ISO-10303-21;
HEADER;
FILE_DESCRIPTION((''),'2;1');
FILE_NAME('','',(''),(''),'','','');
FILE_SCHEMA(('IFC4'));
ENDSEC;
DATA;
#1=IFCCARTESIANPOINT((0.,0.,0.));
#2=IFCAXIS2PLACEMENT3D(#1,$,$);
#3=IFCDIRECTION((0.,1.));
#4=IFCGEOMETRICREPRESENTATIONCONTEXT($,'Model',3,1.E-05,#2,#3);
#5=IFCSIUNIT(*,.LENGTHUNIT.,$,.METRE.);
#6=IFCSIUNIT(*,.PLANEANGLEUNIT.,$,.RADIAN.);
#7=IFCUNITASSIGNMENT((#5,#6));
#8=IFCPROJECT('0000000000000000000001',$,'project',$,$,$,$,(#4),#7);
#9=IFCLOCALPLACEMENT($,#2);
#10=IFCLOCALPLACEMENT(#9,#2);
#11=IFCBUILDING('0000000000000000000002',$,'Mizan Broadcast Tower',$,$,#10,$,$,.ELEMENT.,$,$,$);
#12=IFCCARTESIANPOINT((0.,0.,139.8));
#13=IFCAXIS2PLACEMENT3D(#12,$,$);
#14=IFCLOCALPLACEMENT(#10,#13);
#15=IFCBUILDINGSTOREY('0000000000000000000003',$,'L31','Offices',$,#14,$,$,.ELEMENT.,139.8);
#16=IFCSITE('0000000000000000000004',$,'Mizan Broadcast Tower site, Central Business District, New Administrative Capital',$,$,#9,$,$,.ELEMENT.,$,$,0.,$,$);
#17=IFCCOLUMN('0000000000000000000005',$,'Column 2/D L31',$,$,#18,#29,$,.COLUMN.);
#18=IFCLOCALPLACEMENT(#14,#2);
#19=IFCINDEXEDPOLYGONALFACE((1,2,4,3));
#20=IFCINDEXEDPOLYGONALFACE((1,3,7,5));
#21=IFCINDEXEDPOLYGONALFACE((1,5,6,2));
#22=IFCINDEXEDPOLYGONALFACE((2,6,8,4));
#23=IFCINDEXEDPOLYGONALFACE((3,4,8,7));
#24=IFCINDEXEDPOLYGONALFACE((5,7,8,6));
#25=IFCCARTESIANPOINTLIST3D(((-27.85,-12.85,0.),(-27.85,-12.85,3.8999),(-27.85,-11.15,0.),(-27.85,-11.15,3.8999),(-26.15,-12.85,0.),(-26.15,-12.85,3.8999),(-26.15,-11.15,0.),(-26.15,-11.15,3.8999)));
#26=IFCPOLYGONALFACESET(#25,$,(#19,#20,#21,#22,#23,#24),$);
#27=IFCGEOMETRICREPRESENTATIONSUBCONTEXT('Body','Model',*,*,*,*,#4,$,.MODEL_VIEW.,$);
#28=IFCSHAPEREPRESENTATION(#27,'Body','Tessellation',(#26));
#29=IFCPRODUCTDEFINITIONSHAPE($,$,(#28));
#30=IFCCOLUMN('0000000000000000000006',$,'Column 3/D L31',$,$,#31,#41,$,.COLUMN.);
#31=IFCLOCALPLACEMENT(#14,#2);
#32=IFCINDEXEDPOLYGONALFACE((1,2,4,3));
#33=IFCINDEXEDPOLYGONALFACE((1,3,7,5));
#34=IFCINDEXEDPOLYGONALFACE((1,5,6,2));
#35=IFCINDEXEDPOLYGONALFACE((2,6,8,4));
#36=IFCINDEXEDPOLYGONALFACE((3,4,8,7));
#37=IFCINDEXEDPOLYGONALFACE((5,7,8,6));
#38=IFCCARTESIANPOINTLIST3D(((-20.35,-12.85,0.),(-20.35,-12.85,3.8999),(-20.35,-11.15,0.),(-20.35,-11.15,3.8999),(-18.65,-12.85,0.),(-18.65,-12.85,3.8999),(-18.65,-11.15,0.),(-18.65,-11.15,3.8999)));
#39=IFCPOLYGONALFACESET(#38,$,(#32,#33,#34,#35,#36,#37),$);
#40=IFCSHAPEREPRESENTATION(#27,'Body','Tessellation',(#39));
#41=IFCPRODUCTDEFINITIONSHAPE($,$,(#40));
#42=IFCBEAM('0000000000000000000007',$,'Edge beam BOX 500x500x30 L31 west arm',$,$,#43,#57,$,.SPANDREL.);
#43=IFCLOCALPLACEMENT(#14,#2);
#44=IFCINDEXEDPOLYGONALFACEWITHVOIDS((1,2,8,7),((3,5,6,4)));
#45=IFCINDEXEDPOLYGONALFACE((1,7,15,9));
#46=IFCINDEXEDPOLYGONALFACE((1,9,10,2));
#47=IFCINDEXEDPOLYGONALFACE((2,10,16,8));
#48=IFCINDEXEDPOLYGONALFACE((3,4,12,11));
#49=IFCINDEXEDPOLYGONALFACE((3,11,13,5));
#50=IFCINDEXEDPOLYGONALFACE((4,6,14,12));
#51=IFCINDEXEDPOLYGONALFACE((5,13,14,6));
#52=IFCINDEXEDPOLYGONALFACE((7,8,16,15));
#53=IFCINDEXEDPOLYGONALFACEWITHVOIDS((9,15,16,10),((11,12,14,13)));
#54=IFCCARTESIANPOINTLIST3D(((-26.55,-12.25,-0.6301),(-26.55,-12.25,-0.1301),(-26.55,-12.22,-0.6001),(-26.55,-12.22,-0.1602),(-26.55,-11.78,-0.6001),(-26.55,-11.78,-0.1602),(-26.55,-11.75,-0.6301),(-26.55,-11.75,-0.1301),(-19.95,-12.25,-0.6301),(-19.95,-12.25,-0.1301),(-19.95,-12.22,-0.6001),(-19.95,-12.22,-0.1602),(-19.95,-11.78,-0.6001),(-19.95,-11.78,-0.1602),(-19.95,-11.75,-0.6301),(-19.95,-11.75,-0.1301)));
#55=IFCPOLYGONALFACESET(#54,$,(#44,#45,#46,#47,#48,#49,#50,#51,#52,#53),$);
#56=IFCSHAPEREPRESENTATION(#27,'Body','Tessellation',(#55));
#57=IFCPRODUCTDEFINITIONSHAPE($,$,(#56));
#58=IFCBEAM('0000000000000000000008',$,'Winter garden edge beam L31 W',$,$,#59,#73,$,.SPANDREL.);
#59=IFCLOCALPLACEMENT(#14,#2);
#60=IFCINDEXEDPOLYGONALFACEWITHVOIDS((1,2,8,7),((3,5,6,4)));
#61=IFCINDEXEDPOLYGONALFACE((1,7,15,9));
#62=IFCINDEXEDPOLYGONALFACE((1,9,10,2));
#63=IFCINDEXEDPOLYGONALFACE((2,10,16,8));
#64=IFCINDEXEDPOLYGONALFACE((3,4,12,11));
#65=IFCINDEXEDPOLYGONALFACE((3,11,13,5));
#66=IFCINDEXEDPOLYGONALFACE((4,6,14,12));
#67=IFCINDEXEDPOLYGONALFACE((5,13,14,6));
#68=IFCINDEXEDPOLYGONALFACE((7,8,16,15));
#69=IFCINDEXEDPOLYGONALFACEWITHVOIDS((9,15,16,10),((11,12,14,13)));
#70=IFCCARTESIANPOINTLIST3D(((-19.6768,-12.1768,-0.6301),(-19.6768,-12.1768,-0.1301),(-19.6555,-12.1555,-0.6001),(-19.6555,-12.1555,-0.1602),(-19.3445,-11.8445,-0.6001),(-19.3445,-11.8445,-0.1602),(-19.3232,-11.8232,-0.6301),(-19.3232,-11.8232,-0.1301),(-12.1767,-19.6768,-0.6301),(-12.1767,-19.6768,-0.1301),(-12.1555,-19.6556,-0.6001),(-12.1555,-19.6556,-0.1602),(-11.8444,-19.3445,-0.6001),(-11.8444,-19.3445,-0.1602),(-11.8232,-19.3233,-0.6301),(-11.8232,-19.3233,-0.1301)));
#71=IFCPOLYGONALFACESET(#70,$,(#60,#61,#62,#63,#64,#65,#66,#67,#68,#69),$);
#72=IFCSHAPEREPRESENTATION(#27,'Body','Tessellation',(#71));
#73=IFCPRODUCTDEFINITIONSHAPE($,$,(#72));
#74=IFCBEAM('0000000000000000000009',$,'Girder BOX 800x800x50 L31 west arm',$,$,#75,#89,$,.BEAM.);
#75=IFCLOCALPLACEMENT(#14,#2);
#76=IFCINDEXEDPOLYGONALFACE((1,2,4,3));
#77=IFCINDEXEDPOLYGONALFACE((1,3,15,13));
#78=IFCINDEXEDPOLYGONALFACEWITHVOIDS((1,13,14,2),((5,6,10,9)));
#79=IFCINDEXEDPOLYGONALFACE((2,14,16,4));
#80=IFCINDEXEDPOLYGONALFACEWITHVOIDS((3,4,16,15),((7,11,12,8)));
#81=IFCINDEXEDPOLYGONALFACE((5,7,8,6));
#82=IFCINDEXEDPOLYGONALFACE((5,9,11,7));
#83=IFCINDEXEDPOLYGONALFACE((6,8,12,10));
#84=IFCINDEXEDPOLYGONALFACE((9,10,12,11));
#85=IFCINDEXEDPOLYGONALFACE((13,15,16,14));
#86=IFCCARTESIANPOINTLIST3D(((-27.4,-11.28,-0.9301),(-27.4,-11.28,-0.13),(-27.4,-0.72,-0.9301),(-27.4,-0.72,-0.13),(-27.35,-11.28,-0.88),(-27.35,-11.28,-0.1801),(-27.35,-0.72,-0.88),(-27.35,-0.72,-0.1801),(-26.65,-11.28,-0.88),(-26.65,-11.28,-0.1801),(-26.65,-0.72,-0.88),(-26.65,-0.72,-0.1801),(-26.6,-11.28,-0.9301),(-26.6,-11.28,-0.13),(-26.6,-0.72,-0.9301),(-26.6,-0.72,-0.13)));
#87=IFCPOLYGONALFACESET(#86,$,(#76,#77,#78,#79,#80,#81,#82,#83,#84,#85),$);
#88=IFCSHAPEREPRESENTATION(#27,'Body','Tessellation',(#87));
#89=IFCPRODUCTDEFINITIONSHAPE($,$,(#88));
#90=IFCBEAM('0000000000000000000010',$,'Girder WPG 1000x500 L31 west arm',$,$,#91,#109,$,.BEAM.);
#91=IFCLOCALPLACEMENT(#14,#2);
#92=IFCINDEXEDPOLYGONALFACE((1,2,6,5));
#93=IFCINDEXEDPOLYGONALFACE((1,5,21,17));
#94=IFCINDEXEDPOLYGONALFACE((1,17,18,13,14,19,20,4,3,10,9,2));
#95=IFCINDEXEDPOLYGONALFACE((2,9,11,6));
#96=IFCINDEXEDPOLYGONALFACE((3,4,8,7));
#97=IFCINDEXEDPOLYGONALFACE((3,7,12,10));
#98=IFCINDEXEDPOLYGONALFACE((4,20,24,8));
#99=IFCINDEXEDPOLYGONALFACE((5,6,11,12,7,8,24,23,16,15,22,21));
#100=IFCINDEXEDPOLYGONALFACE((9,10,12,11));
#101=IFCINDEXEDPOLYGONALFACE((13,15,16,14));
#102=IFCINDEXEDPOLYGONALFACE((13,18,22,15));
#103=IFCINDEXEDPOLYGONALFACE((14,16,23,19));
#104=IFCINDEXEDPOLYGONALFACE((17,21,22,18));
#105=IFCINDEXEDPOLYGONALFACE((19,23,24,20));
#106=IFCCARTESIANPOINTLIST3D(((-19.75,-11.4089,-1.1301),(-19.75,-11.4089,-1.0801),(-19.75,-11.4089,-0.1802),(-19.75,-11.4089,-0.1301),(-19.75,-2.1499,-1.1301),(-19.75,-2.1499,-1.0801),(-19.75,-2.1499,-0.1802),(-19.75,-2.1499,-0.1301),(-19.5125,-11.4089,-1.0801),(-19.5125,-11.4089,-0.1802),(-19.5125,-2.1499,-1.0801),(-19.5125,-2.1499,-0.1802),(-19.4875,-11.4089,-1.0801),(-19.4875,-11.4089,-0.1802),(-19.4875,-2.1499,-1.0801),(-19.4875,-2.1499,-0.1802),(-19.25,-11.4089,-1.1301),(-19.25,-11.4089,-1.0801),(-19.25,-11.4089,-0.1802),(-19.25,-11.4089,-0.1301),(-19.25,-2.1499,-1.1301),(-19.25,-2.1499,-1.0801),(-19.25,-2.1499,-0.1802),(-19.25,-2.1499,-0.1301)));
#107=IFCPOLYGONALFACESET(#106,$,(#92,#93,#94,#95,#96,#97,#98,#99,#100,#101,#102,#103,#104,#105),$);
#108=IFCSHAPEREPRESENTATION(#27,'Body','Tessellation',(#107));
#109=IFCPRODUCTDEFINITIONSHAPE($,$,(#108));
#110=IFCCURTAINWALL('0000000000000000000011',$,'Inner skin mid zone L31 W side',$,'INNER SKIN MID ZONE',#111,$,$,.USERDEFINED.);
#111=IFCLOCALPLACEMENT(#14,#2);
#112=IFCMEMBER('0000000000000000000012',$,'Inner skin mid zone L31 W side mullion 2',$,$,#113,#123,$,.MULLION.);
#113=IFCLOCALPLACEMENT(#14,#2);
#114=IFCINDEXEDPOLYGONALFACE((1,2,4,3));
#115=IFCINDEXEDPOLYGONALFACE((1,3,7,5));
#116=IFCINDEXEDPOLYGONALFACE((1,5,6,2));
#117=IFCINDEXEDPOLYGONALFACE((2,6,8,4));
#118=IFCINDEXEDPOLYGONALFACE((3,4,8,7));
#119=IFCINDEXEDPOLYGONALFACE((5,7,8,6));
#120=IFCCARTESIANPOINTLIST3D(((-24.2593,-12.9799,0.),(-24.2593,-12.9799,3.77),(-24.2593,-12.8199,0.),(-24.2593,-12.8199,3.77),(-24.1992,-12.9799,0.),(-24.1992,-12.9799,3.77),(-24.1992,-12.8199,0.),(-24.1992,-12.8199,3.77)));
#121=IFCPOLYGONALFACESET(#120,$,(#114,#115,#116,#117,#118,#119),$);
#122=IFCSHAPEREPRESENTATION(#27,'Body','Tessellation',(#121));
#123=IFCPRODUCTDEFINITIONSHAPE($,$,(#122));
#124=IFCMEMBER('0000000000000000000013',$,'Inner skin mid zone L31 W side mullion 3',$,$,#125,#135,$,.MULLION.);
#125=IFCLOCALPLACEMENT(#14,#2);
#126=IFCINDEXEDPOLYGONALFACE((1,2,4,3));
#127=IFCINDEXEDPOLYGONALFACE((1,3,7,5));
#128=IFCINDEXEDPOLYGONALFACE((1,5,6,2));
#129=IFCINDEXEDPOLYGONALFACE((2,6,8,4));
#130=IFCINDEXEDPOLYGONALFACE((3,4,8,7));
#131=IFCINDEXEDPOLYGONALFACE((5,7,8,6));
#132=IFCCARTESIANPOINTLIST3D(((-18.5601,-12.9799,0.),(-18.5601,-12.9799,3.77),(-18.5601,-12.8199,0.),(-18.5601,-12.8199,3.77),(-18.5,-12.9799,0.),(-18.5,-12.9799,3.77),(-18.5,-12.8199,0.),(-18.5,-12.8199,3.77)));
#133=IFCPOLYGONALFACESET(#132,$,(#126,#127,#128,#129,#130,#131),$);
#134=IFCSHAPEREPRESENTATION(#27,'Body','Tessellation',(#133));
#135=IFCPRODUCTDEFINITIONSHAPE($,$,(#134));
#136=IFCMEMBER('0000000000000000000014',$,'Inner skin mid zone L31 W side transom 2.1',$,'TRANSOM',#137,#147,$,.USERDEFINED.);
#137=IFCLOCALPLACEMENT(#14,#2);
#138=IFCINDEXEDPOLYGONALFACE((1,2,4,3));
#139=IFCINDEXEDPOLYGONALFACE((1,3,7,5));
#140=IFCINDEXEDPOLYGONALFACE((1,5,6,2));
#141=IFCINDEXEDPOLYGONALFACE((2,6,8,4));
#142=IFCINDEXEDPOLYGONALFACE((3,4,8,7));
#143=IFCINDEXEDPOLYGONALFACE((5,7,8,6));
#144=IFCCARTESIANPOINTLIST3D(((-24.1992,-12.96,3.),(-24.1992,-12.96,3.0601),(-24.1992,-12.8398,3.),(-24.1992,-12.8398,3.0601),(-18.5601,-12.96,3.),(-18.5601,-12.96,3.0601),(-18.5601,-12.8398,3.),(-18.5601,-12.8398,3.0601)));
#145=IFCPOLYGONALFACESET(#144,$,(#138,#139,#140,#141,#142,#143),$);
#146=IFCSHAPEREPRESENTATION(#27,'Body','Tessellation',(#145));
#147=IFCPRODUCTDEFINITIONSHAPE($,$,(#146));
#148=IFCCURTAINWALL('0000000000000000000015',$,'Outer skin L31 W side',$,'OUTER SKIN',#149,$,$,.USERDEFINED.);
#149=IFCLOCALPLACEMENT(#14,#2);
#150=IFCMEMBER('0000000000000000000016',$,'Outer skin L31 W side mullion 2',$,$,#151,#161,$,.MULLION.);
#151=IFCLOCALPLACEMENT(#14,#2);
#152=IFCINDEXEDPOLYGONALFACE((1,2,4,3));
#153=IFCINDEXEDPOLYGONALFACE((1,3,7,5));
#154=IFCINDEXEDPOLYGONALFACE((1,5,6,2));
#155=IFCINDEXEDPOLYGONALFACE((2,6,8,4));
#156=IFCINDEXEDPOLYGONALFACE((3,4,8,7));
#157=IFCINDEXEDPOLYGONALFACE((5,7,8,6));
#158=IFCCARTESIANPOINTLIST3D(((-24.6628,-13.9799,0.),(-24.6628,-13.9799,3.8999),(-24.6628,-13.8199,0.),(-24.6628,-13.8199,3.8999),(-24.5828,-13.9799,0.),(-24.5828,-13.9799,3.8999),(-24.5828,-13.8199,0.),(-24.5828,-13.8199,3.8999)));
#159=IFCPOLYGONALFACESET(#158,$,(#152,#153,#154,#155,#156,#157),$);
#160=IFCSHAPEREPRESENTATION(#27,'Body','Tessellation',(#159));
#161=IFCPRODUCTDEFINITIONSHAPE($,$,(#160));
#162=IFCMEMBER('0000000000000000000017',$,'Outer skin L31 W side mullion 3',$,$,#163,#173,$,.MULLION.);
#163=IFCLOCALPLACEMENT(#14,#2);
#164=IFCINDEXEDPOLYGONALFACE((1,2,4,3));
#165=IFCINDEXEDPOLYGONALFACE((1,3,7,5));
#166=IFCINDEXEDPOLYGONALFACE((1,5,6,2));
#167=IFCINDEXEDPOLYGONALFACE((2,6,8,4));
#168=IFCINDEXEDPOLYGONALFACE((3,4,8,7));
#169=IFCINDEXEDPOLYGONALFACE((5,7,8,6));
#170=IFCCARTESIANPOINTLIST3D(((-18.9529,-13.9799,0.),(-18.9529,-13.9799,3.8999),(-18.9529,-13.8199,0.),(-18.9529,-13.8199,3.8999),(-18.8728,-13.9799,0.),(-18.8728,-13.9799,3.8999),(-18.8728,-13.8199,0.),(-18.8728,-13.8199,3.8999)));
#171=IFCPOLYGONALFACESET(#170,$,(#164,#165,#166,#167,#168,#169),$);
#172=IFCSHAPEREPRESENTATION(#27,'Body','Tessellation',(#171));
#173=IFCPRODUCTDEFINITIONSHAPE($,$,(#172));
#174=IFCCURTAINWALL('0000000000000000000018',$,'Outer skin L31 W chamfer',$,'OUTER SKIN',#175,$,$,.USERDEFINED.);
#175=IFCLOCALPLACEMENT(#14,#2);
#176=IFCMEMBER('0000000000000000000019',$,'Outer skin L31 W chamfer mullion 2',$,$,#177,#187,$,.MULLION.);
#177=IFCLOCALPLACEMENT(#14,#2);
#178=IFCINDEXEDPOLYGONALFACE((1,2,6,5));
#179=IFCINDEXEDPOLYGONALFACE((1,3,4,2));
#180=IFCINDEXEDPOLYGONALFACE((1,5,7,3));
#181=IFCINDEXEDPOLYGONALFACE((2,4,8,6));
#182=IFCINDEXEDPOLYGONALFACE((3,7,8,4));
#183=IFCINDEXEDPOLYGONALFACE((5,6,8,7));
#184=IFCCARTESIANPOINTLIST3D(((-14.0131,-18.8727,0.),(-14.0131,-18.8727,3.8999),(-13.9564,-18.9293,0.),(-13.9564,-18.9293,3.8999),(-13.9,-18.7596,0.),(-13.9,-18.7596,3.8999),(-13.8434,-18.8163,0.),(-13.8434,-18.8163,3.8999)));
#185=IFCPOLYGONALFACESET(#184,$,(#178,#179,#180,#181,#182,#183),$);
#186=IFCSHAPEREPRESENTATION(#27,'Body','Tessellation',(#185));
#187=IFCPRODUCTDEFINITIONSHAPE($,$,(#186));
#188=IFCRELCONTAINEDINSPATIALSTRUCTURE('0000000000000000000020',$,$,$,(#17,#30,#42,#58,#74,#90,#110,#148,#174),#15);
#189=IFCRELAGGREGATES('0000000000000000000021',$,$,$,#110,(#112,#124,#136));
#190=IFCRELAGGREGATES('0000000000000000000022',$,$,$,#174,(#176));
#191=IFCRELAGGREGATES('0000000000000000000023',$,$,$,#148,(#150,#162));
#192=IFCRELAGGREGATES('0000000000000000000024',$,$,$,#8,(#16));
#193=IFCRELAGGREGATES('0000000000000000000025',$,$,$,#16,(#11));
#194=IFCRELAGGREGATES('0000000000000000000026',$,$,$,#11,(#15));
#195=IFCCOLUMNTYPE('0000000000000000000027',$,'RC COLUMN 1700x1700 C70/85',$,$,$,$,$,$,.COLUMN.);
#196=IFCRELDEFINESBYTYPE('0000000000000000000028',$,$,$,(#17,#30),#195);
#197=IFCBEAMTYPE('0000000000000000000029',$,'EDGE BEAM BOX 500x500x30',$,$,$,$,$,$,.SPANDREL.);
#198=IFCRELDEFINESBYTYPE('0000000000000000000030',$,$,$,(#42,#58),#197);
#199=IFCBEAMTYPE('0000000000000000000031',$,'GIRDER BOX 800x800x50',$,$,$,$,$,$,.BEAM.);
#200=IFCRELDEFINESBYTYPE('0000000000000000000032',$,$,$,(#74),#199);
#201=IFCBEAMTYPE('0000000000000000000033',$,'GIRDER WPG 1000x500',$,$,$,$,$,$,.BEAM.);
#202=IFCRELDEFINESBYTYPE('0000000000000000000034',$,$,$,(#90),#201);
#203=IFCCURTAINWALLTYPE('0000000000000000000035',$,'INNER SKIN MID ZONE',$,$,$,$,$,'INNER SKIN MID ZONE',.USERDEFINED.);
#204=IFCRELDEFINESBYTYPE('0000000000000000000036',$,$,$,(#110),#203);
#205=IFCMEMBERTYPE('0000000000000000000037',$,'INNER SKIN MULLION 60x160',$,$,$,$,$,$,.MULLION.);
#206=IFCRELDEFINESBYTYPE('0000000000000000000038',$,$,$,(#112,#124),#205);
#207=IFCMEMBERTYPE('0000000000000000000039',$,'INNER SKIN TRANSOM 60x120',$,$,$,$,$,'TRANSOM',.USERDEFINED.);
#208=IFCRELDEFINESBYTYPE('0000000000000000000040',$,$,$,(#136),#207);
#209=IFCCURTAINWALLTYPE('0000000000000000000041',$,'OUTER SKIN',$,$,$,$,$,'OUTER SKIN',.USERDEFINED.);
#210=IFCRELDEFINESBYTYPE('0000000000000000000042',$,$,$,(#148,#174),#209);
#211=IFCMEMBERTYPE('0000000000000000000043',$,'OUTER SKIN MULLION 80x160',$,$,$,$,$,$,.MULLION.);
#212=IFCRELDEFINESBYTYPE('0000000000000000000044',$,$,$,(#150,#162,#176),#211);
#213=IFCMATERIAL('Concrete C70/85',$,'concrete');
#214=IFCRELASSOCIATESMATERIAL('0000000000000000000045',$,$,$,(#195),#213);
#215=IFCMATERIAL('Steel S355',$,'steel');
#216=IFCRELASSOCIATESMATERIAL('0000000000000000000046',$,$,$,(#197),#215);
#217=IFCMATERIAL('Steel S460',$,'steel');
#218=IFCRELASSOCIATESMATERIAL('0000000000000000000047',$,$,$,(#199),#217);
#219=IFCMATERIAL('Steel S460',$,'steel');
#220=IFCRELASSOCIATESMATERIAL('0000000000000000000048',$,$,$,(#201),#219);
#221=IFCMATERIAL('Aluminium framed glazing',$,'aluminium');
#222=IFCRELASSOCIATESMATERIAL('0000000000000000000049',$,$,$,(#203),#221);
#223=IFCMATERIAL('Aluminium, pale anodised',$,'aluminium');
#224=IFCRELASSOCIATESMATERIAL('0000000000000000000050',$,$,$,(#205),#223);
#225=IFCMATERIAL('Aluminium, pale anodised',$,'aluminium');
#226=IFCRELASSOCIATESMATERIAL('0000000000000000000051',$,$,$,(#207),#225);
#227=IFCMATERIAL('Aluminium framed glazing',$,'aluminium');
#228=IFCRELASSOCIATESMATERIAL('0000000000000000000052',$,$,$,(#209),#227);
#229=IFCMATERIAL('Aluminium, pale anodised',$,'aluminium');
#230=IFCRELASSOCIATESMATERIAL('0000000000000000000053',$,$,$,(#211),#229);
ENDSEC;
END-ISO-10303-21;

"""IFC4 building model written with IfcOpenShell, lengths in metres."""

from ifc_helpers import new_model, si_unit, direction, frame, origin, origin_2d, place, context, subcontext, project, spatial, rectangle, hollow_rectangle, i_section, extrude, material, material_profile, profile_set, type_object, element, aggregate, save


model = new_model("IFC4")

# Units and contexts
model_context = context("Model", 3, precision=1e-05, world=origin(), true_north=direction((0.0, 1.0)))
body_context = subcontext(model_context, "Body", "Model", "MODEL_VIEW")
ifc_project = project(units=[si_unit("LENGTHUNIT", "METRE"), si_unit("PLANEANGLEUNIT", "RADIAN")], contexts=[model_context])

# Site, building, storey
site_placement = place(None, origin())
site = spatial("IfcSite", under=ifc_project, at=site_placement, Name="Mizan Broadcast Tower site, Central Business District, New Administrative Capital", CompositionType="ELEMENT", RefElevation=0.0)
building_placement = place(site_placement, origin())
building = spatial("IfcBuilding", under=site, at=building_placement, Name="Mizan Broadcast Tower", CompositionType="ELEMENT")
storey_placement = place(building_placement, frame((0.0, 0.0, 139.8)))
storey = spatial("IfcBuildingStorey", under=building, at=storey_placement, Name="L31", Description="Offices", CompositionType="ELEMENT", Elevation=139.8)

# Columns
ifc_material_1 = material(Name="Concrete C70/85", Category="concrete")
ifc_material_profile_1 = material_profile(ifc_material_1, rectangle(XDim=1.7, YDim=1.7, at=origin_2d()), Name="RC 1700x1700")
ifc_profile_set_1 = profile_set([ifc_material_profile_1], Name="Concrete C70/85")
column_type = type_object("IfcColumnType", Name="RC COLUMN 1700x1700 C70/85", PredefinedType="COLUMN", material=ifc_profile_set_1)
for number, where, z_axis, x_axis, name in (
    (1, (-27.0, -12.0, 0.0), (0.0, 0.0, 1.0), (1.0, 0.0, 0.0), "Column 2/D L31"),
    (2, (-19.5, -12.0, 0.0), (0.0, 0.0, 1.0), (1.0, 0.0, 0.0), "Column 3/D L31"),
):
    element("IfcColumn", number, at=place(storey_placement, frame(where, z_axis=z_axis, x_axis=x_axis)), inside=storey, type_object=column_type, Name=name, PredefinedType="COLUMN", context=body_context, shape_type="SweptSolid", body=[
        extrude(rectangle(XDim=1.7, YDim=1.7, at=origin_2d()), origin(), (0.0, 0.0, 1.0), 3.8999),
    ])

# Beams
ifc_material_2 = material(Name="Steel S355", Category="steel")
ifc_material_profile_2 = material_profile(ifc_material_2, hollow_rectangle(XDim=0.5, YDim=0.5, WallThickness=0.03, at=origin_2d()), Name="BOX 500x500x30")
ifc_profile_set_2 = profile_set([ifc_material_profile_2], Name="Steel S355")
beam_type_1 = type_object("IfcBeamType", Name="EDGE BEAM BOX 500x500x30", PredefinedType="SPANDREL", material=ifc_profile_set_2)
beam_1_placement = place(storey_placement, frame((-19.95, -12.0, -0.3801), z_axis=(-1.0, 0.0, 0.0), x_axis=(0.0, -1.0, 0.0)))
element("IfcBeam", 3, at=beam_1_placement, inside=storey, type_object=beam_type_1, Name="Edge beam BOX 500x500x30 L31 west arm", PredefinedType="SPANDREL", context=body_context, shape_type="SweptSolid", body=[
    extrude(hollow_rectangle(XDim=0.5, YDim=0.5, WallThickness=0.03, at=origin_2d()), origin(), (0.0, 0.0, 1.0), 6.6001),
])
beam_2_placement = place(storey_placement, frame((-19.5, -12.0, -0.3801), z_axis=(0.707107, -0.707107, 0.0), x_axis=(0.707107, 0.707107, 0.0)))
element("IfcBeam", 4, at=beam_2_placement, inside=storey, type_object=beam_type_1, Name="Winter garden edge beam L31 W", PredefinedType="SPANDREL", context=body_context, shape_type="SweptSolid", body=[
    extrude(hollow_rectangle(XDim=0.5, YDim=0.5, WallThickness=0.03, at=origin_2d()), origin(), (0.0, 0.0, 1.0), 10.6067),
])
ifc_material_3 = material(Name="Steel S460", Category="steel")
ifc_material_profile_3 = material_profile(ifc_material_3, hollow_rectangle(XDim=0.8, YDim=0.8, WallThickness=0.05, at=origin_2d()), Name="BOX 800x800x50")
ifc_profile_set_3 = profile_set([ifc_material_profile_3], Name="Steel S460")
beam_type_2 = type_object("IfcBeamType", Name="GIRDER BOX 800x800x50", PredefinedType="BEAM", material=ifc_profile_set_3)
beam_3_placement = place(storey_placement, frame((-27.0, -11.28, -0.53), z_axis=(0.0, 1.0, 0.0), x_axis=(-1.0, 0.0, 0.0)))
element("IfcBeam", 5, at=beam_3_placement, inside=storey, type_object=beam_type_2, Name="Girder BOX 800x800x50 L31 west arm", PredefinedType="BEAM", context=body_context, shape_type="SweptSolid", body=[
    extrude(hollow_rectangle(XDim=0.8, YDim=0.8, WallThickness=0.05, at=origin_2d()), origin(), (0.0, 0.0, 1.0), 10.5601),
])
ifc_material_4 = material(Name="Steel S460", Category="steel")
ifc_material_profile_4 = material_profile(ifc_material_4, i_section(OverallWidth=0.5, OverallDepth=1.0, WebThickness=0.0249, FlangeThickness=0.05, at=origin_2d()), Name="WPG 1000x500")
ifc_profile_set_4 = profile_set([ifc_material_profile_4], Name="Steel S460")
beam_type_3 = type_object("IfcBeamType", Name="GIRDER WPG 1000x500", PredefinedType="BEAM", material=ifc_profile_set_4)
beam_4_placement = place(storey_placement, frame((-19.5, -11.4089, -0.6301), z_axis=(0.0, 1.0, 0.0), x_axis=(-1.0, 0.0, 0.0)))
element("IfcBeam", 6, at=beam_4_placement, inside=storey, type_object=beam_type_3, Name="Girder WPG 1000x500 L31 west arm", PredefinedType="BEAM", context=body_context, shape_type="SweptSolid", body=[
    extrude(i_section(OverallWidth=0.5, OverallDepth=1.0, WebThickness=0.0249, FlangeThickness=0.05, at=origin_2d()), origin(), (0.0, 0.0, 1.0), 9.259),
])

# Curtain walls, members
ifc_material_5 = material(Name="Aluminium framed glazing", Category="aluminium")
curtain_wall_type_1 = type_object("IfcCurtainWallType", Name="INNER SKIN MID ZONE", ElementType="INNER SKIN MID ZONE", PredefinedType="USERDEFINED", material=ifc_material_5)
curtain_wall_1_placement = place(storey_placement, origin())
curtain_wall_1 = element("IfcCurtainWall", 7, at=curtain_wall_1_placement, inside=storey, type_object=curtain_wall_type_1, Name="Inner skin mid zone L31 W side", ObjectType="INNER SKIN MID ZONE", PredefinedType="USERDEFINED")
ifc_material_6 = material(Name="Aluminium, pale anodised", Category="aluminium")
ifc_material_profile_5 = material_profile(ifc_material_6, rectangle(XDim=0.1599, YDim=0.0601, at=origin_2d()), Name="MULLION 160x60")
ifc_profile_set_5 = profile_set([ifc_material_profile_5], Name="Aluminium, pale anodised")
member_type_1 = type_object("IfcMemberType", Name="INNER SKIN MULLION 60x160", PredefinedType="MULLION", material=ifc_profile_set_5)
member_1_placement = place(storey_placement, frame((-24.2292, -12.8999, 0.0), z_axis=(0.0, 0.0, 1.0), x_axis=(0.0, 1.0, 0.0)))
member_1 = element("IfcMember", 8, at=member_1_placement, type_object=member_type_1, Name="Inner skin mid zone L31 W side mullion 2", PredefinedType="MULLION", context=body_context, shape_type="SweptSolid", body=[
    extrude(rectangle(XDim=0.1599, YDim=0.0601, at=origin_2d()), origin(), (0.0, 0.0, 1.0), 3.77),
])
member_2_placement = place(storey_placement, frame((-18.53, -12.8999, 0.0), z_axis=(0.0, 0.0, 1.0), x_axis=(0.0, 1.0, 0.0)))
member_2 = element("IfcMember", 9, at=member_2_placement, type_object=member_type_1, Name="Inner skin mid zone L31 W side mullion 3", PredefinedType="MULLION", context=body_context, shape_type="SweptSolid", body=[
    extrude(rectangle(XDim=0.1599, YDim=0.0601, at=origin_2d()), origin(), (0.0, 0.0, 1.0), 3.77),
])
ifc_material_7 = material(Name="Aluminium, pale anodised", Category="aluminium")
ifc_material_profile_6 = material_profile(ifc_material_7, rectangle(XDim=0.1201, YDim=0.0601, at=origin_2d()), Name="TRANSOM 120x60")
ifc_profile_set_6 = profile_set([ifc_material_profile_6], Name="Aluminium, pale anodised")
member_type_2 = type_object("IfcMemberType", Name="INNER SKIN TRANSOM 60x120", ElementType="TRANSOM", PredefinedType="USERDEFINED", material=ifc_profile_set_6)
member_3_placement = place(storey_placement, frame((-24.1992, -12.8999, 3.03), z_axis=(1.0, 0.0, 0.0), x_axis=(0.0, 1.0, 0.0)))
member_3 = element("IfcMember", 10, at=member_3_placement, type_object=member_type_2, Name="Inner skin mid zone L31 W side transom 2.1", ObjectType="TRANSOM", PredefinedType="USERDEFINED", context=body_context, shape_type="SweptSolid", body=[
    extrude(rectangle(XDim=0.1201, YDim=0.0601, at=origin_2d()), origin(), (0.0, 0.0, 1.0), 5.6392),
])
ifc_material_8 = material(Name="Aluminium framed glazing", Category="aluminium")
curtain_wall_type_2 = type_object("IfcCurtainWallType", Name="OUTER SKIN", ElementType="OUTER SKIN", PredefinedType="USERDEFINED", material=ifc_material_8)
curtain_wall_2_placement = place(storey_placement, origin())
curtain_wall_2 = element("IfcCurtainWall", 11, at=curtain_wall_2_placement, inside=storey, type_object=curtain_wall_type_2, Name="Outer skin L31 W side", ObjectType="OUTER SKIN", PredefinedType="USERDEFINED")
ifc_material_9 = material(Name="Aluminium, pale anodised", Category="aluminium")
ifc_material_profile_7 = material_profile(ifc_material_9, rectangle(XDim=0.1599, YDim=0.0801, at=origin_2d()), Name="MULLION 160x80")
ifc_profile_set_7 = profile_set([ifc_material_profile_7], Name="Aluminium, pale anodised")
member_type_3 = type_object("IfcMemberType", Name="OUTER SKIN MULLION 80x160", PredefinedType="MULLION", material=ifc_profile_set_7)
member_4_placement = place(storey_placement, frame((-24.6228, -13.8999, 0.0), z_axis=(0.0, 0.0, 1.0), x_axis=(0.0, 1.0, 0.0)))
member_4 = element("IfcMember", 12, at=member_4_placement, type_object=member_type_3, Name="Outer skin L31 W side mullion 2", PredefinedType="MULLION", context=body_context, shape_type="SweptSolid", body=[
    extrude(rectangle(XDim=0.1599, YDim=0.0801, at=origin_2d()), origin(), (0.0, 0.0, 1.0), 3.8999),
])
member_5_placement = place(storey_placement, frame((-18.9128, -13.8999, 0.0), z_axis=(0.0, 0.0, 1.0), x_axis=(0.0, 1.0, 0.0)))
member_5 = element("IfcMember", 13, at=member_5_placement, type_object=member_type_3, Name="Outer skin L31 W side mullion 3", PredefinedType="MULLION", context=body_context, shape_type="SweptSolid", body=[
    extrude(rectangle(XDim=0.1599, YDim=0.0801, at=origin_2d()), origin(), (0.0, 0.0, 1.0), 3.8999),
])

# Curtain wall, member
curtain_wall_3_placement = place(storey_placement, origin())
curtain_wall_3 = element("IfcCurtainWall", 14, at=curtain_wall_3_placement, inside=storey, type_object=curtain_wall_type_2, Name="Outer skin L31 W chamfer", ObjectType="OUTER SKIN", PredefinedType="USERDEFINED")
member_6_placement = place(storey_placement, frame((-13.9282, -18.8445, 0.0), z_axis=(0.0, 0.0, 1.0), x_axis=(0.707107, 0.707107, 0.0)))
member_6 = element("IfcMember", 15, at=member_6_placement, type_object=member_type_3, Name="Outer skin L31 W chamfer mullion 2", PredefinedType="MULLION", context=body_context, shape_type="SweptSolid", body=[
    extrude(rectangle(XDim=0.1599, YDim=0.0801, at=origin_2d()), origin(), (0.0, 0.0, 1.0), 3.8999),
])

aggregate(curtain_wall_1, [member_1, member_2, member_3])
aggregate(curtain_wall_3, [member_6])
aggregate(curtain_wall_2, [member_4, member_5])

save(model, "model.ifc")
